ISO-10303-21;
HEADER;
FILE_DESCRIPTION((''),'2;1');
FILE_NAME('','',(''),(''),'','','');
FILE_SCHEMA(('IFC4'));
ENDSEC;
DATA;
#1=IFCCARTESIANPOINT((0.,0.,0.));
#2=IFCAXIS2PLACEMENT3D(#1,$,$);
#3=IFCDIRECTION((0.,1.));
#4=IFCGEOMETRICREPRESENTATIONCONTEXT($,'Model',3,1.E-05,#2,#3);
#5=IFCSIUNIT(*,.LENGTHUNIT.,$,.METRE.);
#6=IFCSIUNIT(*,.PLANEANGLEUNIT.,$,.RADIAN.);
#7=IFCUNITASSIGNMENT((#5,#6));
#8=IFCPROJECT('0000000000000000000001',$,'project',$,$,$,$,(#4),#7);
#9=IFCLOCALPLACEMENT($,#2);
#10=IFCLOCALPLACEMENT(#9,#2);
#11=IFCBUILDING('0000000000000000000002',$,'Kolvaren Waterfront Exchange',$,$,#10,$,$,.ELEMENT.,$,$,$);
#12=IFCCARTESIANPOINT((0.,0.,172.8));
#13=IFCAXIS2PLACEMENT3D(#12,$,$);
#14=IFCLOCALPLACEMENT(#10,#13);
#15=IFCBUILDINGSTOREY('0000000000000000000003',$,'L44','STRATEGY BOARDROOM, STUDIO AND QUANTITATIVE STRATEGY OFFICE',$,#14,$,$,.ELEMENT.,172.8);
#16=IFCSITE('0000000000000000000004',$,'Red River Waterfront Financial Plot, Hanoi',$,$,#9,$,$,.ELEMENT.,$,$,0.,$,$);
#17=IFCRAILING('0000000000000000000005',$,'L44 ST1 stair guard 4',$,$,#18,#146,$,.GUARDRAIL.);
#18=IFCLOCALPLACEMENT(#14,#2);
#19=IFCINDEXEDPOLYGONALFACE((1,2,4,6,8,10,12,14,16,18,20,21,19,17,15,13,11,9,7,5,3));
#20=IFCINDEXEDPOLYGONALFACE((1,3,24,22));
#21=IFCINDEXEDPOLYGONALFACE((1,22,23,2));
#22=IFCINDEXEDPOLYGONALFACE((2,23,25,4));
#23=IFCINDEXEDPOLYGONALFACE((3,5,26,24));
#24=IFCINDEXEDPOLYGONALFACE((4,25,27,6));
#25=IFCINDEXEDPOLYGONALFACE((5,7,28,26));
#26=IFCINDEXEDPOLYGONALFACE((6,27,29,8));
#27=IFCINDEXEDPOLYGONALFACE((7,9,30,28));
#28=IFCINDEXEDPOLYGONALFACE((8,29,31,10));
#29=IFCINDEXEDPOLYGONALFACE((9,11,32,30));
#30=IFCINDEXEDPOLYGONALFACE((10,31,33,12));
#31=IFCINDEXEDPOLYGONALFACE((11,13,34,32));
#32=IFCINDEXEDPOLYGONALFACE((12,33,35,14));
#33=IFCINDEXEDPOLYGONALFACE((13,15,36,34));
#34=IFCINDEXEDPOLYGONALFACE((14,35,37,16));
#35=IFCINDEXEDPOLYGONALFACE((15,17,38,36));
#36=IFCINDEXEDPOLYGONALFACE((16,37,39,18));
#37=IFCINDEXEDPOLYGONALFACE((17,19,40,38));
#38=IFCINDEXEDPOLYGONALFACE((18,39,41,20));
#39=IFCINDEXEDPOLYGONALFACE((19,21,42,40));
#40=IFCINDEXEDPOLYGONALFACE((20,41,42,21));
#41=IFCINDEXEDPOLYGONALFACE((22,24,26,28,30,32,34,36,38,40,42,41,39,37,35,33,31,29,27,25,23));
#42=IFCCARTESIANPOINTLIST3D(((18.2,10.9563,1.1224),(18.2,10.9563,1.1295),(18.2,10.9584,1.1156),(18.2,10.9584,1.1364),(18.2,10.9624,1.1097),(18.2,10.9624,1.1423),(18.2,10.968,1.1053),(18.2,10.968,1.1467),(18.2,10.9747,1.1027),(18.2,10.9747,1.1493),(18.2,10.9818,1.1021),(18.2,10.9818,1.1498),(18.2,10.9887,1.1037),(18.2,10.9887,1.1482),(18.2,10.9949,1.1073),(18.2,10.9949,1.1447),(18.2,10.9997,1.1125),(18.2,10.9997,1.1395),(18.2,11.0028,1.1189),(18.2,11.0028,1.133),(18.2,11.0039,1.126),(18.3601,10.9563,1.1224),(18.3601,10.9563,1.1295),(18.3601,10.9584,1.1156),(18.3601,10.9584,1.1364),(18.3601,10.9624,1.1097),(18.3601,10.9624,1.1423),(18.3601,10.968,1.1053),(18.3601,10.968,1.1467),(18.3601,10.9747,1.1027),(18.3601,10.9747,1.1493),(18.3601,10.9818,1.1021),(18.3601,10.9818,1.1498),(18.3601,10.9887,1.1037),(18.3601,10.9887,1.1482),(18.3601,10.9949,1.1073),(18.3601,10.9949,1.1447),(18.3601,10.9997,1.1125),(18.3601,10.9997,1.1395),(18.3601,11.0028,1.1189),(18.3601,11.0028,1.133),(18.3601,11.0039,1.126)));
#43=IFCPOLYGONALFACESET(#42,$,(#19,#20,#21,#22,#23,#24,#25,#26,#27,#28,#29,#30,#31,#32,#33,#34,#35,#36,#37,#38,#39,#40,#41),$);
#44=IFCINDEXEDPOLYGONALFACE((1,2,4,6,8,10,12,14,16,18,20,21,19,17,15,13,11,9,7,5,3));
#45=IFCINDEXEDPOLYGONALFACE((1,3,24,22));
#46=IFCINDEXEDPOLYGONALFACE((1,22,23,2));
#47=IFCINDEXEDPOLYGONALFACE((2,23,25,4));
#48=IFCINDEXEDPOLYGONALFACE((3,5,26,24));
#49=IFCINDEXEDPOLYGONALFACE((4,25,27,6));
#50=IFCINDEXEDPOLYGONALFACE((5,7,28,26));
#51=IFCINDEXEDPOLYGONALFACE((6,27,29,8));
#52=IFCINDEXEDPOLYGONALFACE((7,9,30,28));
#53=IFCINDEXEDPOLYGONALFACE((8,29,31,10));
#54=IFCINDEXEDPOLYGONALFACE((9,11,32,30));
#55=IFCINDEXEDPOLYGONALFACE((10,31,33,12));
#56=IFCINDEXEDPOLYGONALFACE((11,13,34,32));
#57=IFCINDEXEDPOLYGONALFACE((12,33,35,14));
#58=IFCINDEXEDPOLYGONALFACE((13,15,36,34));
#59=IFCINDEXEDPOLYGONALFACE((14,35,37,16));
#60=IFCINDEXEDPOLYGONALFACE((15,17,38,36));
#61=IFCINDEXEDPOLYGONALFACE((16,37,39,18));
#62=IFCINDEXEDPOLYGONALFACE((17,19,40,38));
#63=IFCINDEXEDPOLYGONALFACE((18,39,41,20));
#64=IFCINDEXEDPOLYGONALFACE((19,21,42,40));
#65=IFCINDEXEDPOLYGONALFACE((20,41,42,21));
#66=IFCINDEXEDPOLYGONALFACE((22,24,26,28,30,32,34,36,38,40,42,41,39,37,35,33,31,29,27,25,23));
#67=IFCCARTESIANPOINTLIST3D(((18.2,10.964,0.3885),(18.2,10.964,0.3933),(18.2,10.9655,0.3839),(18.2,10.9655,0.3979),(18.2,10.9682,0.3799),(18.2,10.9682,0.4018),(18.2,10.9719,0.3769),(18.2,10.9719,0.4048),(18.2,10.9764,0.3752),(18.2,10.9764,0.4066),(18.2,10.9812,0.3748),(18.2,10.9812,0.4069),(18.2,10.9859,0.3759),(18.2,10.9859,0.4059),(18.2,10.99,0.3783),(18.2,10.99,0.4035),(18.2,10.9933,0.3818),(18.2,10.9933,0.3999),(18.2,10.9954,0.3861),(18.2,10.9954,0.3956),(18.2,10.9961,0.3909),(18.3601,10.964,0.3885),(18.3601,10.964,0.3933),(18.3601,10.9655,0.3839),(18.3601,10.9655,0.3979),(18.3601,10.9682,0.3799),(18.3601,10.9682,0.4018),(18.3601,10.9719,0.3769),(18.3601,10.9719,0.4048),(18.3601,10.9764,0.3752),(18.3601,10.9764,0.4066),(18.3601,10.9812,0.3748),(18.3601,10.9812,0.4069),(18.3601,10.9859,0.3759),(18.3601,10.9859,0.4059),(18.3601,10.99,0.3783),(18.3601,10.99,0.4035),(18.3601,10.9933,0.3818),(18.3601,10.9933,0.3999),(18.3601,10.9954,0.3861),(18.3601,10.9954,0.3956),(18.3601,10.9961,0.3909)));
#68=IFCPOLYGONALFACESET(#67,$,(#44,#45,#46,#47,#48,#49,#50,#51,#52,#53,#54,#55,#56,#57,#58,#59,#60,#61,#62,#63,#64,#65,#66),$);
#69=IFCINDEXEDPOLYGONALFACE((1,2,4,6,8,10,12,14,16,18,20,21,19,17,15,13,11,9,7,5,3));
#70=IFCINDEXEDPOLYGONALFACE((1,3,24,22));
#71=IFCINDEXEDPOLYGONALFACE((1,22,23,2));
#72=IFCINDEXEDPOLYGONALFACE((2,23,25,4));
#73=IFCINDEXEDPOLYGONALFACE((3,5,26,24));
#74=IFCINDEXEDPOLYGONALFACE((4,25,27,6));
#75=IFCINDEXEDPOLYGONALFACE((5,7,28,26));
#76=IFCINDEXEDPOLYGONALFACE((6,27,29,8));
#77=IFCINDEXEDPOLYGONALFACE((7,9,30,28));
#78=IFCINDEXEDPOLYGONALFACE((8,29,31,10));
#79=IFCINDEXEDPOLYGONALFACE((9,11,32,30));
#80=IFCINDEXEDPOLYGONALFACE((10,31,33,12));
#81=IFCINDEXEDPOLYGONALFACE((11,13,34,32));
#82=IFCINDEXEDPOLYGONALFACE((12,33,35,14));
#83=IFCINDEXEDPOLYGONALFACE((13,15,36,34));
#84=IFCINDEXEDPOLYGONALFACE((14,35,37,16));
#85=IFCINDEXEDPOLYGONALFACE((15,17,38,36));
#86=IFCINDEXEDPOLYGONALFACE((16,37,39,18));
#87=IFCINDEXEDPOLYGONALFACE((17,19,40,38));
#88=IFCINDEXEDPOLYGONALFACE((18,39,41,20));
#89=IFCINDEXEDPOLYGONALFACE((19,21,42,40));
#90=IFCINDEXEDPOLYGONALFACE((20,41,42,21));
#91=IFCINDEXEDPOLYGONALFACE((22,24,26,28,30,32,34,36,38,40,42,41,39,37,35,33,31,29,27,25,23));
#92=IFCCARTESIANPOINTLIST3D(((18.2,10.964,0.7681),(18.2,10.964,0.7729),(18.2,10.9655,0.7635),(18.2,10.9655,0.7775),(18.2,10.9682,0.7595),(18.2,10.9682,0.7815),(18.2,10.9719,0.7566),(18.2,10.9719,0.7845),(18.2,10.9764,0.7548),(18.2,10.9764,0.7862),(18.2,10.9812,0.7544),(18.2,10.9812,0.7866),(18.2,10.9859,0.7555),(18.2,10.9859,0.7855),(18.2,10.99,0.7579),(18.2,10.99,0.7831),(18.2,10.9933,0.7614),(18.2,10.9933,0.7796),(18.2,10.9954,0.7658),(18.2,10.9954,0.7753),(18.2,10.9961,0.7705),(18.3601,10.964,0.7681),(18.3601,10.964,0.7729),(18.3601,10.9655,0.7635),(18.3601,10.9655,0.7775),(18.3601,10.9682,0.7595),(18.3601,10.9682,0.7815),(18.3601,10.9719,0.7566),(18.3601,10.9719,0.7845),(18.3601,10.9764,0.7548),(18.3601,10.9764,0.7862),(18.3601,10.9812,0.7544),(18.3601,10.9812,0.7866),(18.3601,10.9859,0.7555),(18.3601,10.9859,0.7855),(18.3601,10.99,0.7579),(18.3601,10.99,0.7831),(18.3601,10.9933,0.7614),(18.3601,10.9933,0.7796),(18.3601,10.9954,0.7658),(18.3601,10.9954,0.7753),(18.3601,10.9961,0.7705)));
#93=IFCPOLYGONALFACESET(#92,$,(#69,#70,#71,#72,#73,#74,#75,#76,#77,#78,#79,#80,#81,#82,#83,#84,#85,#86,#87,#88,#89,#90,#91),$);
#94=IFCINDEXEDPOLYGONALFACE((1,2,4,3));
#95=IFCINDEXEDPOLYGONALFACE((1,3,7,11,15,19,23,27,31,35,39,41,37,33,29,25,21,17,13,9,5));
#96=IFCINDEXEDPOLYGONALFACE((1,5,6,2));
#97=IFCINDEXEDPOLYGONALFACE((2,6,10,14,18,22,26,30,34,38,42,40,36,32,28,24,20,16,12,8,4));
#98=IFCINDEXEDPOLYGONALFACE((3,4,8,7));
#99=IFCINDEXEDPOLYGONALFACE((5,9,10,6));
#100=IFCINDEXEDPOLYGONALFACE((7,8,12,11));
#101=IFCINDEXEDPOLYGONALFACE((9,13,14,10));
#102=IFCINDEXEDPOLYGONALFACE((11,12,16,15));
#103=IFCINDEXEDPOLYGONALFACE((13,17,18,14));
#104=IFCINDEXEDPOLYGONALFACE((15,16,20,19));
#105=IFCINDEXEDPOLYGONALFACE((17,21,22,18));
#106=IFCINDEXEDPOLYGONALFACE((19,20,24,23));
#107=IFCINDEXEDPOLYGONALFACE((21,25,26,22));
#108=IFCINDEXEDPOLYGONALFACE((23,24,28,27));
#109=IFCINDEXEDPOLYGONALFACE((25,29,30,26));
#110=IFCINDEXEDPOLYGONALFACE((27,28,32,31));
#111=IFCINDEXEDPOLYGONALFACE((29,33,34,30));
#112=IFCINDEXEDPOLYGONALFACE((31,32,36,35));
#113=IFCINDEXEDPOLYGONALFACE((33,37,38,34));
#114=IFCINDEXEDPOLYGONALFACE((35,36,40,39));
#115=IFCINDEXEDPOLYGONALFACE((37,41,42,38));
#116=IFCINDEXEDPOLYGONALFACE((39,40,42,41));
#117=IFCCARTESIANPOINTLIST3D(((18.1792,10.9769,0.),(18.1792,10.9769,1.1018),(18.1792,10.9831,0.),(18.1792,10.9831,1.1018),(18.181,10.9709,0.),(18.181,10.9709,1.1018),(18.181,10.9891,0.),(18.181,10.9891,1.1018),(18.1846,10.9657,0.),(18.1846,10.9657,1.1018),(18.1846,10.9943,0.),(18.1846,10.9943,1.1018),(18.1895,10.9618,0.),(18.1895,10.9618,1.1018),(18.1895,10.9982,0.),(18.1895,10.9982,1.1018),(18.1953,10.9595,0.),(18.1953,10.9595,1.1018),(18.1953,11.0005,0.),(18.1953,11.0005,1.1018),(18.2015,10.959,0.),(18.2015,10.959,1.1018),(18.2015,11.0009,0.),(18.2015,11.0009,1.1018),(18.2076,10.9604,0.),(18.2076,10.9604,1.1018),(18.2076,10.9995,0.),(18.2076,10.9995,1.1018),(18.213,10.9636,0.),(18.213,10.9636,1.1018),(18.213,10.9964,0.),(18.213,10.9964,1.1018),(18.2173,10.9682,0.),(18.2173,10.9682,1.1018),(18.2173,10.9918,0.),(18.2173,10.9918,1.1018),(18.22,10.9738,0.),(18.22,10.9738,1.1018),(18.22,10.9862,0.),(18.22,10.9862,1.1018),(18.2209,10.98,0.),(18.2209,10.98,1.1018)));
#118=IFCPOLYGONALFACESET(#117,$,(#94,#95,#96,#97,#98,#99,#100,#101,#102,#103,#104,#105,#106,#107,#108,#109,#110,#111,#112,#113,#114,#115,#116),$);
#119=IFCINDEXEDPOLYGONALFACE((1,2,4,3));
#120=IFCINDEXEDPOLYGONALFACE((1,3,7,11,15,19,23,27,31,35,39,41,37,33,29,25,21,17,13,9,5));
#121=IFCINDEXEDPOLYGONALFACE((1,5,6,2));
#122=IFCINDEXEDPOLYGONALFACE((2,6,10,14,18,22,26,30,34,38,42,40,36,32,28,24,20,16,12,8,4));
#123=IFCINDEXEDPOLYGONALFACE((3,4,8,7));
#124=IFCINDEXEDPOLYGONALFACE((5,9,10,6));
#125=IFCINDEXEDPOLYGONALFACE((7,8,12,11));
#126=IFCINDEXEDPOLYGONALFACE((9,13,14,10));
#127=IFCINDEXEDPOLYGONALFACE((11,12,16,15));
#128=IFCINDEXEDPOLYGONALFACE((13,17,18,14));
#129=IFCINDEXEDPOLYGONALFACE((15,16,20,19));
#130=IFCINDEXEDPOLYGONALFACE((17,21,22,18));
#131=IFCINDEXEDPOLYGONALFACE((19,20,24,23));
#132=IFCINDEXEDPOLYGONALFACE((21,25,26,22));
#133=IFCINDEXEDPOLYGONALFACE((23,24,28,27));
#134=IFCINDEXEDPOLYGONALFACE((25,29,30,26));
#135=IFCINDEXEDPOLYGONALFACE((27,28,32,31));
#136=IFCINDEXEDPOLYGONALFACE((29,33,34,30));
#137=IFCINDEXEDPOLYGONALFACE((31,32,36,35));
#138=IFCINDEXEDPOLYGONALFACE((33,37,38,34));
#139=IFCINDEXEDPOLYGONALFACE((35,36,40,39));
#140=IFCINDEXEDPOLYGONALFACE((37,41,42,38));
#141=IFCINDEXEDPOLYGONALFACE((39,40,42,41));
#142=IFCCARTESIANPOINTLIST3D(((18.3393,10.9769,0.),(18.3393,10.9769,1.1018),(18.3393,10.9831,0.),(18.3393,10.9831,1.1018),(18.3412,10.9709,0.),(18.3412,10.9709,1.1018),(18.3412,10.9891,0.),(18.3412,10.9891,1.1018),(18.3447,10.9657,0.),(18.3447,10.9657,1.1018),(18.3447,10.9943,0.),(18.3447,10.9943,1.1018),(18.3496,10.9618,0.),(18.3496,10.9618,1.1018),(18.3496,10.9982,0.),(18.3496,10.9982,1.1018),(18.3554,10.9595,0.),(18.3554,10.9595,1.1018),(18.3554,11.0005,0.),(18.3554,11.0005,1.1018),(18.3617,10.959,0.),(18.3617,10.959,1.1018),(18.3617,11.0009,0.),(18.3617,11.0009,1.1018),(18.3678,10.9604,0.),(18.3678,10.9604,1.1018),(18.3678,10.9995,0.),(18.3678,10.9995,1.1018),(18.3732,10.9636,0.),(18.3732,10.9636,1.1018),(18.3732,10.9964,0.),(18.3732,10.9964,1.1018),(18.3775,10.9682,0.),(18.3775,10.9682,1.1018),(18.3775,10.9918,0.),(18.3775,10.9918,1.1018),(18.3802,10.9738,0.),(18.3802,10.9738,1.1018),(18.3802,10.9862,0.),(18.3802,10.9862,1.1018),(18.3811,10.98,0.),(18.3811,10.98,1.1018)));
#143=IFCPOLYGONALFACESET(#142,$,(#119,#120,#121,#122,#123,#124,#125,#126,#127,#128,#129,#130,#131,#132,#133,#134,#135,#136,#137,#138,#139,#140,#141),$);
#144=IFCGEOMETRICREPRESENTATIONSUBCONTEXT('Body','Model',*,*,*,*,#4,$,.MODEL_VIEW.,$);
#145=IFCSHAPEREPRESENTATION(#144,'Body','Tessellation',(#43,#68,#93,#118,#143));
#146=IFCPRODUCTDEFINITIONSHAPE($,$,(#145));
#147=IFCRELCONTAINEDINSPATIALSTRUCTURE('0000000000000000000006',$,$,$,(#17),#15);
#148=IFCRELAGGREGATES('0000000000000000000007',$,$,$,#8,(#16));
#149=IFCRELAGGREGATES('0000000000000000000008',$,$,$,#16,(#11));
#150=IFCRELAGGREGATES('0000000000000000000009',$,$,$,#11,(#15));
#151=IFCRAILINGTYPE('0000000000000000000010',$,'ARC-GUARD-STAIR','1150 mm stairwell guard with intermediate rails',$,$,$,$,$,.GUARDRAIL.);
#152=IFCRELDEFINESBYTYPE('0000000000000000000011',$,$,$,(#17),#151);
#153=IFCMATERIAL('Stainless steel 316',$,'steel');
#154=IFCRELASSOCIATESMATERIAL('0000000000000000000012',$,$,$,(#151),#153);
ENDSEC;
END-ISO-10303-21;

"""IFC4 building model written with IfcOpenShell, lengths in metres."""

from ifc_helpers import new_model, si_unit, direction, frame, origin, origin_2d, place, context, subcontext, project, spatial, circle, extrude, material, type_object, element, save


model = new_model("IFC4")

# Units and contexts
model_context = context("Model", 3, precision=1e-05, world=origin(), true_north=direction((0.0, 1.0)))
body_context = subcontext(model_context, "Body", "Model", "MODEL_VIEW")
ifc_project = project(units=[si_unit("LENGTHUNIT", "METRE"), si_unit("PLANEANGLEUNIT", "RADIAN")], contexts=[model_context])

# Site, building, storey
site_placement = place(None, origin())
site = spatial("IfcSite", under=ifc_project, at=site_placement, Name="Red River Waterfront Financial Plot, Hanoi", CompositionType="ELEMENT", RefElevation=0.0)
building_placement = place(site_placement, origin())
building = spatial("IfcBuilding", under=site, at=building_placement, Name="Kolvaren Waterfront Exchange", CompositionType="ELEMENT")
storey_placement = place(building_placement, frame((0.0, 0.0, 172.8)))
storey = spatial("IfcBuildingStorey", under=building, at=storey_placement, Name="L44", Description="STRATEGY BOARDROOM, STUDIO AND QUANTITATIVE STRATEGY OFFICE", CompositionType="ELEMENT", Elevation=172.8)

# Railing
ifc_material_1 = material(Name="Stainless steel 316", Category="steel")
railing_type_1 = type_object("IfcRailingType", Name="ARC-GUARD-STAIR", Description="1150 mm stairwell guard with intermediate rails", PredefinedType="GUARDRAIL", material=ifc_material_1)
railing_1_placement = place(storey_placement, frame((18.2, 10.98, 0.0)))
element("IfcRailing", 1, at=railing_1_placement, inside=storey, type_object=railing_type_1, Name="L44 ST1 stair guard 4", PredefinedType="GUARDRAIL", context=body_context, shape_type="SweptSolid", body=[
    extrude(circle(Radius=0.0239, at=origin_2d()), frame((0.0, 0.0, 1.126), z_axis=(1.0, 0.0, 0.0), x_axis=(0.0, 1.0, 0.0)), (0.0, 0.0, 1.0), 0.1602),
    extrude(circle(Radius=0.0161, at=origin_2d()), frame((0.0, 0.0, 0.3909), z_axis=(1.0, 0.0, 0.0), x_axis=(0.0, 1.0, 0.0)), (0.0, 0.0, 1.0), 0.1602),
    extrude(circle(Radius=0.0161, at=origin_2d()), frame((0.0, 0.0, 0.7705), z_axis=(1.0, 0.0, 0.0), x_axis=(0.0, 1.0, 0.0)), (0.0, 0.0, 1.0), 0.1602),
    extrude(circle(Radius=0.021, at=origin_2d()), origin(), (0.0, 0.0, 1.0), 1.1018),
    extrude(circle(Radius=0.021, at=origin_2d()), frame((0.1602, 0.0, 0.0)), (0.0, 0.0, 1.0), 1.1018),
])

save(model, "model.ifc")
